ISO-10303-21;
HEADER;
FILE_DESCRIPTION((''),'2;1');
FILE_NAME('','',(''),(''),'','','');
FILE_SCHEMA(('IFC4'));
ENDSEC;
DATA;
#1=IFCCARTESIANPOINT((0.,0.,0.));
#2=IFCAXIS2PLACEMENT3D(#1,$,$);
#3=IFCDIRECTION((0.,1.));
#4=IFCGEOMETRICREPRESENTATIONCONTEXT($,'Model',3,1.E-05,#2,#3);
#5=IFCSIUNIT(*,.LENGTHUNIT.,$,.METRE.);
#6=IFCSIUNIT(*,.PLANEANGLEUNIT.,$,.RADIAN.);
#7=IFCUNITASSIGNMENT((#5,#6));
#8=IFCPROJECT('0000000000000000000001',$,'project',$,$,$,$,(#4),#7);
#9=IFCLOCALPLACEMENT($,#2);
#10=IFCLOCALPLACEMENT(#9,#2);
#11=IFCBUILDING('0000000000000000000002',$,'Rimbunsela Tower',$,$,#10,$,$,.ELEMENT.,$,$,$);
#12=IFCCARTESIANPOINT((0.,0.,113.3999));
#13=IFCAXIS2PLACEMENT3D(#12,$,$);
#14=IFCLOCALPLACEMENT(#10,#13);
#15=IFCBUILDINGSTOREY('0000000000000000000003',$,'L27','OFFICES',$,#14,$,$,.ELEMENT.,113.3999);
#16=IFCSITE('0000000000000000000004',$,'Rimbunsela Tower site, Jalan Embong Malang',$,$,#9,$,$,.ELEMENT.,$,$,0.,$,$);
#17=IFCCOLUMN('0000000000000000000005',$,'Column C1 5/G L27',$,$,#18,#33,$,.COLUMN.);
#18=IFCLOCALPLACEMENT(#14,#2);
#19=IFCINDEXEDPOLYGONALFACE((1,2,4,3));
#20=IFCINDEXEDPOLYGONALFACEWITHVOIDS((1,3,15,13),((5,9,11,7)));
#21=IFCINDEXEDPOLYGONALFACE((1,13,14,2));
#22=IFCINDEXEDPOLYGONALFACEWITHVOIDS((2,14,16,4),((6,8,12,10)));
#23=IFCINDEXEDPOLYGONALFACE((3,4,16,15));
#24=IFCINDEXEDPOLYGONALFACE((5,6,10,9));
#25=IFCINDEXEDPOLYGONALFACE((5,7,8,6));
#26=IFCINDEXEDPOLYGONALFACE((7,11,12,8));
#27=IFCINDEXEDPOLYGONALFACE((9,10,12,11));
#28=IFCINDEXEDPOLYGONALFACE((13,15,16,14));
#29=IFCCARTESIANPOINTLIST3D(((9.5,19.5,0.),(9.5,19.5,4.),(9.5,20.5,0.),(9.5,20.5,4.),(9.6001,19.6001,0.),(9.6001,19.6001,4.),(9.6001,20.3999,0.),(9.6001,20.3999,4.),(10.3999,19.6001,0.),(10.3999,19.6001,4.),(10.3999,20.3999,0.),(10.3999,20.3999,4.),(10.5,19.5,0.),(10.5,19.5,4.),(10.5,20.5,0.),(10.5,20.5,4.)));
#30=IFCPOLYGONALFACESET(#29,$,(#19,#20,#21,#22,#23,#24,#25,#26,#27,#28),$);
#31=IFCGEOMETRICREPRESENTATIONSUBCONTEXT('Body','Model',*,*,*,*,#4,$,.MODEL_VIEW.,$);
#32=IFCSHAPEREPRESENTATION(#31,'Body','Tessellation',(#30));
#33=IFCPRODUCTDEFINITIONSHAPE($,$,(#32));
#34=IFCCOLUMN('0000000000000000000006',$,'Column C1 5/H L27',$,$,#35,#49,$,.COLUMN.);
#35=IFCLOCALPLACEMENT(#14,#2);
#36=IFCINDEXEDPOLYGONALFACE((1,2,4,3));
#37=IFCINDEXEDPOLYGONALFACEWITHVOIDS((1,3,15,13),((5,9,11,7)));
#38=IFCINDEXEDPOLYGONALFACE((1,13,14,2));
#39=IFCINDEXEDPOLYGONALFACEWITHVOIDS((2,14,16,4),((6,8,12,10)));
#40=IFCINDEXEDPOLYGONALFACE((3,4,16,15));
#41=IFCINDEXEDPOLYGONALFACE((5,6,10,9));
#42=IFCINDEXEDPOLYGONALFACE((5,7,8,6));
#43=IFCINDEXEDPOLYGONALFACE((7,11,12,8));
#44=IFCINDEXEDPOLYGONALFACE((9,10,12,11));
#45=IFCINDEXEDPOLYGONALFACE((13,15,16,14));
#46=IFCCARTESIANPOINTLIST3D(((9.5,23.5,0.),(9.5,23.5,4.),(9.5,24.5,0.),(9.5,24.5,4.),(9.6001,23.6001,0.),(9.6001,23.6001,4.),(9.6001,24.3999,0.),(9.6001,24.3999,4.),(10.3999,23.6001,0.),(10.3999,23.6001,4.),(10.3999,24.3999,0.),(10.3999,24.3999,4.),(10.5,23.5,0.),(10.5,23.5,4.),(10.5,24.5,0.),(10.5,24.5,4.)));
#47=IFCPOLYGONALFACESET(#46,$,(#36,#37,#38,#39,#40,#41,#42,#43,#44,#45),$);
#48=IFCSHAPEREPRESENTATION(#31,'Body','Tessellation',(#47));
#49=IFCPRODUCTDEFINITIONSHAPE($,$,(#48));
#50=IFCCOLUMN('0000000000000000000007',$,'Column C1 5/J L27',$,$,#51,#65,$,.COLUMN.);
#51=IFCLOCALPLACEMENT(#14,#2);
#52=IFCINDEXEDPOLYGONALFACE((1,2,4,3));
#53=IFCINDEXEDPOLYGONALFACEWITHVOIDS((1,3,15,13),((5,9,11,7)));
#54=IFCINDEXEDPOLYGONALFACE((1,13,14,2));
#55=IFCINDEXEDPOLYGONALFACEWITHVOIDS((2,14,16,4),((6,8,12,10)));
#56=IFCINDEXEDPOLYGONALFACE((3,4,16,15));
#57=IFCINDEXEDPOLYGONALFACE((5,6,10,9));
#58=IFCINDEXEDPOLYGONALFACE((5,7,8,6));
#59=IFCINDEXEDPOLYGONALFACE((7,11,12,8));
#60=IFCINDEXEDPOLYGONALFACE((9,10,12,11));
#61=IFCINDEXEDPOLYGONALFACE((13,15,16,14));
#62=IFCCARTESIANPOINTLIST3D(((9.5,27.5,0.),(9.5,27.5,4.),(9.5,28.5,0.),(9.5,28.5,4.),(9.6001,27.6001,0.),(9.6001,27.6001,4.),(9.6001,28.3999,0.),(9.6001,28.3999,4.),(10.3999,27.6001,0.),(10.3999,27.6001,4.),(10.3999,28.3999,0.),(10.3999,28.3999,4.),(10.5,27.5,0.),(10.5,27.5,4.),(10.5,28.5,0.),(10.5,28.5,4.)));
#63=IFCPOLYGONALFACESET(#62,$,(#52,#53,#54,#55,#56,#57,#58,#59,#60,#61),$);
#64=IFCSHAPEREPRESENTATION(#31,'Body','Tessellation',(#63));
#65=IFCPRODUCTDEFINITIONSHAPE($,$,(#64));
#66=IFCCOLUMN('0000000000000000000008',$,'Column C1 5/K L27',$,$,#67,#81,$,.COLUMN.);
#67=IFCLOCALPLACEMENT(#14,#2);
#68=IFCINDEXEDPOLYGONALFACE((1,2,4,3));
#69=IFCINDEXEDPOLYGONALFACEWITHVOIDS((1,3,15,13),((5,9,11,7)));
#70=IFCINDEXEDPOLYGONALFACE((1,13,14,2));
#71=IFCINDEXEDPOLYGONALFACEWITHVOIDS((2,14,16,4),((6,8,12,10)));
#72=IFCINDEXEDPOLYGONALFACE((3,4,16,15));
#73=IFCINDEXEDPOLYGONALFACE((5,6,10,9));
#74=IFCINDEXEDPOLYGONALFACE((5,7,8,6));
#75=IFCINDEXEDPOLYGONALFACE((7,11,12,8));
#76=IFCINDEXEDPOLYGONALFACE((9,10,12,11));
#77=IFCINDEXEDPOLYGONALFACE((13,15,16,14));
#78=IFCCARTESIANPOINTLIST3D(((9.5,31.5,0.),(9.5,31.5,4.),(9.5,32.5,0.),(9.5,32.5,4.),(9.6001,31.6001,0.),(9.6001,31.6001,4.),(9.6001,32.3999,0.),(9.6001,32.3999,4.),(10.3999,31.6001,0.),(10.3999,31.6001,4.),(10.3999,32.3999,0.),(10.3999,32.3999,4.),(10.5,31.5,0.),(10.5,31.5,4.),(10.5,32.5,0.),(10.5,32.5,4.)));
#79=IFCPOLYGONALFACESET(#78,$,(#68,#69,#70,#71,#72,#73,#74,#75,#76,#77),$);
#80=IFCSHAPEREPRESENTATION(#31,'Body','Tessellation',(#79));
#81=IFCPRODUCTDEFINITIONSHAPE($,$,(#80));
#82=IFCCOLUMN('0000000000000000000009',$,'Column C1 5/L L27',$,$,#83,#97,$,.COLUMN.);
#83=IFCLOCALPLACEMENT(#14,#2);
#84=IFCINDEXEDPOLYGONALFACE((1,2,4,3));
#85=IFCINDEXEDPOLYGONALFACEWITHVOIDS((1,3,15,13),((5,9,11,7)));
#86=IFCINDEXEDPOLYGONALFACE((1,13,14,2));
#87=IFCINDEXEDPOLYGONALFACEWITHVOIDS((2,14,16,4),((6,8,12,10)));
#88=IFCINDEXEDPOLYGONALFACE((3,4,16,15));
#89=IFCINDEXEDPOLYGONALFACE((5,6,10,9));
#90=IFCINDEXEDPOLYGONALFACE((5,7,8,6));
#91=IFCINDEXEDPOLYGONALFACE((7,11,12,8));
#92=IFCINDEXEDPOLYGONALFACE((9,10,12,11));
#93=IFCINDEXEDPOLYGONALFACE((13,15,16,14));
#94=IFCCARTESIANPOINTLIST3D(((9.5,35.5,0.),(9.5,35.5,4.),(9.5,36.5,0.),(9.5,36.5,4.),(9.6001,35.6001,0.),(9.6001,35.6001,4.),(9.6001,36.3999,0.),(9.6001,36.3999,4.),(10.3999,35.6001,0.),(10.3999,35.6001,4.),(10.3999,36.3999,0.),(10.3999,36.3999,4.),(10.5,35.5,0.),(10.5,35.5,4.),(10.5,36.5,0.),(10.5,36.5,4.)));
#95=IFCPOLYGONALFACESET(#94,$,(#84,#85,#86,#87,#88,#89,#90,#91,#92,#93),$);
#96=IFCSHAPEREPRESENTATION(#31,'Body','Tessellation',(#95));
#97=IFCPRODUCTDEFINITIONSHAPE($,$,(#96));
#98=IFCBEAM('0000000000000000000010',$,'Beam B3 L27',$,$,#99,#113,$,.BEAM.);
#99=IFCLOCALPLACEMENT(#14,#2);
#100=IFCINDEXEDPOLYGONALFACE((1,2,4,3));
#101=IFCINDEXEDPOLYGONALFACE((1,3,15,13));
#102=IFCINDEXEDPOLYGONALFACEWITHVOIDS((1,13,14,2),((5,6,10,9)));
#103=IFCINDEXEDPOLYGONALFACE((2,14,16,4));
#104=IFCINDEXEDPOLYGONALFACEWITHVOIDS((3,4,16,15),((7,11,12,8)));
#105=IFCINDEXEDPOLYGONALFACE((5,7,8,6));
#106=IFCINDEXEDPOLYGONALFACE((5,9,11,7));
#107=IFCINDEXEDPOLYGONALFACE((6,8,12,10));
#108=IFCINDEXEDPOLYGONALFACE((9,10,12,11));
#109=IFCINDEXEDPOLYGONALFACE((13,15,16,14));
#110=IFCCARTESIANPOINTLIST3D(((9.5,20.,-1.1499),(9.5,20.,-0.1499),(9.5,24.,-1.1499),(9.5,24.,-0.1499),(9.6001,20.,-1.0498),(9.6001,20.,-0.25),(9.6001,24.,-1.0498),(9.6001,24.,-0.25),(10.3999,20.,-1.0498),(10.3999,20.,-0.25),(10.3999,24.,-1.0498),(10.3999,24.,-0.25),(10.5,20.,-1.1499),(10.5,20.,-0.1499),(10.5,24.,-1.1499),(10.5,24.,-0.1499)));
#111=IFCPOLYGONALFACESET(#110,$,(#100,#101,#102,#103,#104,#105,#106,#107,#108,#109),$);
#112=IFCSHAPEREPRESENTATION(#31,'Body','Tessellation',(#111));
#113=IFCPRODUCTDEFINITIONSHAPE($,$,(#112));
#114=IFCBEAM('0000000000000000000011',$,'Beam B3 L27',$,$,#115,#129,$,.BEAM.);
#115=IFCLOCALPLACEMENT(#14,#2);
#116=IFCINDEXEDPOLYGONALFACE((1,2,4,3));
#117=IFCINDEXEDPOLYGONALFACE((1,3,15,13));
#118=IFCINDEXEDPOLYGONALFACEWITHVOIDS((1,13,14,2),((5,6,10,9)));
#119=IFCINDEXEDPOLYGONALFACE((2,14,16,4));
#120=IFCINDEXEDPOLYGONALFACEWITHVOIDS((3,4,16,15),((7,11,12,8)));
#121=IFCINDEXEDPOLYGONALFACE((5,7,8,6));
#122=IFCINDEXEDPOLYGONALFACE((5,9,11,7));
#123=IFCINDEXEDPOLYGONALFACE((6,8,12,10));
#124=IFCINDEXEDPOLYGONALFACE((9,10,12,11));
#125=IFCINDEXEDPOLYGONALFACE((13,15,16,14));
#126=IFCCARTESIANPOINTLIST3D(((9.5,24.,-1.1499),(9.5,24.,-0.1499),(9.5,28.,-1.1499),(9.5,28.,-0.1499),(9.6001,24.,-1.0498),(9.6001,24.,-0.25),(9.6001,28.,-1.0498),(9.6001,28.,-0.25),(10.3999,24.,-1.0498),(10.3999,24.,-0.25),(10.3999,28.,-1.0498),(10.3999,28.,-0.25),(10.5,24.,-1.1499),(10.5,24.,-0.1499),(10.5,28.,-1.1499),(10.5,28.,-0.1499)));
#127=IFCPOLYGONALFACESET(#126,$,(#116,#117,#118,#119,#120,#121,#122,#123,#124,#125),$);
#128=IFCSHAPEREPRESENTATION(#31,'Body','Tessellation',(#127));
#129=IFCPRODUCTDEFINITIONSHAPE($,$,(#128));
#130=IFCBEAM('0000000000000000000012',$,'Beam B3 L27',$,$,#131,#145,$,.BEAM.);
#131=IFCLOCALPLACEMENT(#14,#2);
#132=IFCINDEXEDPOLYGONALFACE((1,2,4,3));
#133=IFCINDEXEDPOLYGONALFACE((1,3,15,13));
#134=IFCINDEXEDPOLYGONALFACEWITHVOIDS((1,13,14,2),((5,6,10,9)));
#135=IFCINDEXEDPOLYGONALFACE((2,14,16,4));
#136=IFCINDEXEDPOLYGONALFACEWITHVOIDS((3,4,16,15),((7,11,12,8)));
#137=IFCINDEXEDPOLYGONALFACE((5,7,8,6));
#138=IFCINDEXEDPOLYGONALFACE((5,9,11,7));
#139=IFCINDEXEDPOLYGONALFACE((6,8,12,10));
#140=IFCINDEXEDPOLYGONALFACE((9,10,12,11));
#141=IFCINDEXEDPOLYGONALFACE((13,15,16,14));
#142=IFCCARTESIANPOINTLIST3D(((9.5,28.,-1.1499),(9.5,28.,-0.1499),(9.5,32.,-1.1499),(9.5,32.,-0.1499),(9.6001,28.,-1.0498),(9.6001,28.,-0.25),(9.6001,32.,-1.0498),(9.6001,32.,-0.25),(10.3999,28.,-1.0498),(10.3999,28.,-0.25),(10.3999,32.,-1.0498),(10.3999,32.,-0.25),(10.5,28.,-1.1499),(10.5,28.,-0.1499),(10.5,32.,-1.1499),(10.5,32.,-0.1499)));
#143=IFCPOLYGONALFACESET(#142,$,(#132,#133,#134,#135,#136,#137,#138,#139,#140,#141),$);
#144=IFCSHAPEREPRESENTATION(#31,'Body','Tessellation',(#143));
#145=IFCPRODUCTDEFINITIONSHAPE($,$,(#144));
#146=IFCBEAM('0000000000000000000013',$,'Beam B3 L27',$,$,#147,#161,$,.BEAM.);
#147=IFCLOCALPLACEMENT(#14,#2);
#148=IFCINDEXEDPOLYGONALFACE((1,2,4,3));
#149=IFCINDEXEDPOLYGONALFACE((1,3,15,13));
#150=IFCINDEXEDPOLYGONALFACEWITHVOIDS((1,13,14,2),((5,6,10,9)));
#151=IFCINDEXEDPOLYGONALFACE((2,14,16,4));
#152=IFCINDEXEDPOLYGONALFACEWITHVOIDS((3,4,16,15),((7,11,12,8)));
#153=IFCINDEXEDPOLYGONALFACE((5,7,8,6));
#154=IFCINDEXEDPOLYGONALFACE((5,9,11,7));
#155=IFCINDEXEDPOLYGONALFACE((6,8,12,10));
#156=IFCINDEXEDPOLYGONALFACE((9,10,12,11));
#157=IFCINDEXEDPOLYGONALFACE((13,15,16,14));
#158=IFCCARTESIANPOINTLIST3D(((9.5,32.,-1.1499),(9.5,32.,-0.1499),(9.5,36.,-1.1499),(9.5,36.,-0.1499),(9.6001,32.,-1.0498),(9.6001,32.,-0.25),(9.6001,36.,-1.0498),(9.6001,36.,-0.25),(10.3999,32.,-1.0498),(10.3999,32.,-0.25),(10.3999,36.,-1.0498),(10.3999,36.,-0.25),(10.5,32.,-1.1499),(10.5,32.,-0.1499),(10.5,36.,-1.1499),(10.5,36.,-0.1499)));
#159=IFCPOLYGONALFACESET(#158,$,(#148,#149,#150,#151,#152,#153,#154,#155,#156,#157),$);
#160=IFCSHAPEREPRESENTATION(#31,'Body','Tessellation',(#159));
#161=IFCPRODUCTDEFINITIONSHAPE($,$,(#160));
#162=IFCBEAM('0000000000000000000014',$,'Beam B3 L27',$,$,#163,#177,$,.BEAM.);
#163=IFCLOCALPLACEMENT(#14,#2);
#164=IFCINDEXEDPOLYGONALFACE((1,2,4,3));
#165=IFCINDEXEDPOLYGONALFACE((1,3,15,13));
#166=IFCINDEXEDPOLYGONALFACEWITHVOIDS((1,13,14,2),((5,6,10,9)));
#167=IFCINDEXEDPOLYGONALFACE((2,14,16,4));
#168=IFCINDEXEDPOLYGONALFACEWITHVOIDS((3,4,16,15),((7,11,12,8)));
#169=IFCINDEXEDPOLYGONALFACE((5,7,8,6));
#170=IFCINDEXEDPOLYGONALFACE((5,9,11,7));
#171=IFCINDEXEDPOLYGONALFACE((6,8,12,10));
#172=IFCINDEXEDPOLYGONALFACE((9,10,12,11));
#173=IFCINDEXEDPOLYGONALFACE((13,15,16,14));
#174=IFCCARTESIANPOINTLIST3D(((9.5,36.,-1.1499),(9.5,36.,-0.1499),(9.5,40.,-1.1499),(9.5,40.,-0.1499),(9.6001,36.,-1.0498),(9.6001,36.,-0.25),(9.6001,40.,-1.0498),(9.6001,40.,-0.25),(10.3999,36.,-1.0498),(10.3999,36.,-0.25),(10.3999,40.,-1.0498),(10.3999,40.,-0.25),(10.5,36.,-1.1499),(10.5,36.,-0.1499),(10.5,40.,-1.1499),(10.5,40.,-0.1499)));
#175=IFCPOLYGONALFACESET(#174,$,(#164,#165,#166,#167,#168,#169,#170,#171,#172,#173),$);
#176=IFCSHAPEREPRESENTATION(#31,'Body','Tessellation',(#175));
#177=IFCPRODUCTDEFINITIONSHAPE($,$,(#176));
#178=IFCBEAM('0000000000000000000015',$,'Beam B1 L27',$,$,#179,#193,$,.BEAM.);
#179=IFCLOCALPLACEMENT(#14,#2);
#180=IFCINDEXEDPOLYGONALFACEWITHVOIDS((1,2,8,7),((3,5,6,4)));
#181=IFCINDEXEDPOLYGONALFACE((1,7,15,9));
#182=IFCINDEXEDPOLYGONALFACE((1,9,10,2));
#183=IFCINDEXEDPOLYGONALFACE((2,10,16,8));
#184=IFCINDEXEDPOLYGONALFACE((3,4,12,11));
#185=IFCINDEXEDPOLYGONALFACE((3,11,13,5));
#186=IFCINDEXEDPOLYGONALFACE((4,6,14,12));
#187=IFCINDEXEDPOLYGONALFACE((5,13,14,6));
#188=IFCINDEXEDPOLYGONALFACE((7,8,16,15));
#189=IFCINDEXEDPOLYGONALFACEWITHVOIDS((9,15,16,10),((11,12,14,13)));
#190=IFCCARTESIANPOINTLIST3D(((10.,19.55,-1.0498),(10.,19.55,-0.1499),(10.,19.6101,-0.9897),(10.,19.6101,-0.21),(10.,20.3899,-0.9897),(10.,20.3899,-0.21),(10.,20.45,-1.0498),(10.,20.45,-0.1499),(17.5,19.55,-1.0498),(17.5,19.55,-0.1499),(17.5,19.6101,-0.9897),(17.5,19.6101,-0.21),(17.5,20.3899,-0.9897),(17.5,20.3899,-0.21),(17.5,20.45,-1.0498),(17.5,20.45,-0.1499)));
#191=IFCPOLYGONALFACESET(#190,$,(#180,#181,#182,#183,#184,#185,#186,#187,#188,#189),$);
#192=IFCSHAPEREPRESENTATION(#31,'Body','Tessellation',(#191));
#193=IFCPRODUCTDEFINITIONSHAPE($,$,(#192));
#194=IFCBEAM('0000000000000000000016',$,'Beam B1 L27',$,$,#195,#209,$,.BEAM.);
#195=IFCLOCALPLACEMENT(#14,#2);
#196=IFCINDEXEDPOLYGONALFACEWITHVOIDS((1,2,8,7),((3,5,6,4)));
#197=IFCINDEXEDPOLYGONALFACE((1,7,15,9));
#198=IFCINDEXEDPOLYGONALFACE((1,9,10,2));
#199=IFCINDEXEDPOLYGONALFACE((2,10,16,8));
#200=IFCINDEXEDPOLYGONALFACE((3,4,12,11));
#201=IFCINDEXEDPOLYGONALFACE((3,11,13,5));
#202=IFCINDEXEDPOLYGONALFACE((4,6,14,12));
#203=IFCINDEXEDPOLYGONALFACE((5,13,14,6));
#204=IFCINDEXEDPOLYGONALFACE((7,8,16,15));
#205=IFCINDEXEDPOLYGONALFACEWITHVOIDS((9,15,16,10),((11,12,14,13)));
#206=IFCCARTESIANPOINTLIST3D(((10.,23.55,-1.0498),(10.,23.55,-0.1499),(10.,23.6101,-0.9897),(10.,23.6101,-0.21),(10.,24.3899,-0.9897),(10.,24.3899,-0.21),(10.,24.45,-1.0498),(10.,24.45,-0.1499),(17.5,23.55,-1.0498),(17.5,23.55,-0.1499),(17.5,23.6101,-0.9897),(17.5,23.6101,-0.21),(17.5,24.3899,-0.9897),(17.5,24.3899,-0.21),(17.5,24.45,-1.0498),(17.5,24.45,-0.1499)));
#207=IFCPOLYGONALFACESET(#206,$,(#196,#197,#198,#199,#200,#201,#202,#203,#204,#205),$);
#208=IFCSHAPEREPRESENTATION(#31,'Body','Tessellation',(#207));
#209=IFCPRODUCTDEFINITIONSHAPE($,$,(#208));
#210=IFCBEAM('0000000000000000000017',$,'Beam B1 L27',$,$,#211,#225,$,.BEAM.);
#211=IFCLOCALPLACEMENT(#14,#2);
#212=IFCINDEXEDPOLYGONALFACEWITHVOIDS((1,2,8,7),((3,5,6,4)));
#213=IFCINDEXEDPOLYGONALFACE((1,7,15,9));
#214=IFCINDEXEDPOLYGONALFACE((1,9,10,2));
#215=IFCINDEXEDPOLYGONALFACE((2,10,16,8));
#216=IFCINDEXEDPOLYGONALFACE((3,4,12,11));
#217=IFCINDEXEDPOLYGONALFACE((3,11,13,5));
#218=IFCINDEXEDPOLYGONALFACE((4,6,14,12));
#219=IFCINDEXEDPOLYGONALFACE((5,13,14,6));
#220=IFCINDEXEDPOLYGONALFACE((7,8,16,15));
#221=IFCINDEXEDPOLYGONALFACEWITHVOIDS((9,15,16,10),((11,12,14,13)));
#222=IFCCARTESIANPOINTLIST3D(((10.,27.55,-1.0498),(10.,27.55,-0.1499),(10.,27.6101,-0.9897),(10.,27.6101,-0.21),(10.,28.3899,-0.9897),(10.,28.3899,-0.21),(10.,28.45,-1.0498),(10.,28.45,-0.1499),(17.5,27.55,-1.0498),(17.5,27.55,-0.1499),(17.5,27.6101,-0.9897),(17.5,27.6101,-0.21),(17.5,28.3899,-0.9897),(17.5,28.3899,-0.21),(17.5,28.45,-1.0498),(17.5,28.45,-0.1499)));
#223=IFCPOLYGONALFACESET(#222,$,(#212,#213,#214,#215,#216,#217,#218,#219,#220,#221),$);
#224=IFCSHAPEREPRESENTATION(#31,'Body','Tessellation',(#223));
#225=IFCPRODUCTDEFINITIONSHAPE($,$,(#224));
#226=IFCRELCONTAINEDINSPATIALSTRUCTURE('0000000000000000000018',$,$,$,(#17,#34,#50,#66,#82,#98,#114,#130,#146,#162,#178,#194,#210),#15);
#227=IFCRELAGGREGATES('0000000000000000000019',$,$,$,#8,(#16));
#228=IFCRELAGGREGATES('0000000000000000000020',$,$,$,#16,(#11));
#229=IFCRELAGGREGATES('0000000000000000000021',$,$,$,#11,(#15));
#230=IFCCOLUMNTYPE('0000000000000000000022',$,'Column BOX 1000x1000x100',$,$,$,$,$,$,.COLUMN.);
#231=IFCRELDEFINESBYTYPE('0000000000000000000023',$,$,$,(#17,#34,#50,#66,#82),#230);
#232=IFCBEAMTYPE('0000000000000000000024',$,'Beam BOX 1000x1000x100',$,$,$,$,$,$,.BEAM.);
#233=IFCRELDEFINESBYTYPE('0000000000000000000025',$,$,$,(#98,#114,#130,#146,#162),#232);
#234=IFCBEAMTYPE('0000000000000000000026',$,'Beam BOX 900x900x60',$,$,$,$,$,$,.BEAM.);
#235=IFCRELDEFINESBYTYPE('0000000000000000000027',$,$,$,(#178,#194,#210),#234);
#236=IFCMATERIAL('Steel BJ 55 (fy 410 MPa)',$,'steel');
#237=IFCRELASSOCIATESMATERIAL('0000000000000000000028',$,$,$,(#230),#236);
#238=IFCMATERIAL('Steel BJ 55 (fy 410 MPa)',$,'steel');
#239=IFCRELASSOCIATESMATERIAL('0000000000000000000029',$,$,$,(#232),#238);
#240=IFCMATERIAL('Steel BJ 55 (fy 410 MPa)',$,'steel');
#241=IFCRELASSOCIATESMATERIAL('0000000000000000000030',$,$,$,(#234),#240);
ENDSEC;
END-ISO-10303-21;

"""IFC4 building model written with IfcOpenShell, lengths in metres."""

from ifc_helpers import new_model, si_unit, direction, frame, origin, origin_2d, place, context, subcontext, project, spatial, hollow_rectangle, extrude, material, material_profile, profile_set, type_object, element, save


model = new_model("IFC4")

# Units and contexts
model_context = context("Model", 3, precision=1e-05, world=origin(), true_north=direction((0.0, 1.0)))
body_context = subcontext(model_context, "Body", "Model", "MODEL_VIEW")
ifc_project = project(units=[si_unit("LENGTHUNIT", "METRE"), si_unit("PLANEANGLEUNIT", "RADIAN")], contexts=[model_context])

# Site, building, storey
site_placement = place(None, origin())
site = spatial("IfcSite", under=ifc_project, at=site_placement, Name="Rimbunsela Tower site, Jalan Embong Malang", CompositionType="ELEMENT", RefElevation=0.0)
building_placement = place(site_placement, origin())
building = spatial("IfcBuilding", under=site, at=building_placement, Name="Rimbunsela Tower", CompositionType="ELEMENT")
storey_placement = place(building_placement, frame((0.0, 0.0, 113.3999)))
storey = spatial("IfcBuildingStorey", under=building, at=storey_placement, Name="L27", Description="OFFICES", CompositionType="ELEMENT", Elevation=113.3999)

# Columns
ifc_material_1 = material(Name="Steel BJ 55 (fy 410 MPa)", Category="steel")
ifc_material_profile_1 = material_profile(ifc_material_1, hollow_rectangle(XDim=1.0, YDim=1.0, WallThickness=0.1001, at=origin_2d()), Name="BOX 1000x1000x100")
ifc_profile_set_1 = profile_set([ifc_material_profile_1], Name="Steel BJ 55 (fy 410 MPa)")
column_type = type_object("IfcColumnType", Name="Column BOX 1000x1000x100", PredefinedType="COLUMN", material=ifc_profile_set_1)
for number, where, z_axis, x_axis, name in (
    (1, (10.0, 20.0, 0.0), (0.0, 0.0, 1.0), (1.0, 0.0, 0.0), "Column C1 5/G L27"),
    (2, (10.0, 24.0, 0.0), (0.0, 0.0, 1.0), (1.0, 0.0, 0.0), "Column C1 5/H L27"),
    (3, (10.0, 28.0, 0.0), (0.0, 0.0, 1.0), (1.0, 0.0, 0.0), "Column C1 5/J L27"),
    (4, (10.0, 32.0, 0.0), (0.0, 0.0, 1.0), (1.0, 0.0, 0.0), "Column C1 5/K L27"),
    (5, (10.0, 36.0, 0.0), (0.0, 0.0, 1.0), (1.0, 0.0, 0.0), "Column C1 5/L L27"),
):
    element("IfcColumn", number, at=place(storey_placement, frame(where, z_axis=z_axis, x_axis=x_axis)), inside=storey, type_object=column_type, Name=name, PredefinedType="COLUMN", context=body_context, shape_type="SweptSolid", body=[
        extrude(hollow_rectangle(XDim=1.0, YDim=1.0, WallThickness=0.1001, at=origin_2d()), origin(), (0.0, 0.0, 1.0), 4.0),
    ])

# Beams
ifc_material_2 = material(Name="Steel BJ 55 (fy 410 MPa)", Category="steel")
ifc_material_profile_2 = material_profile(ifc_material_2, hollow_rectangle(XDim=1.0, YDim=1.0, WallThickness=0.1001, at=origin_2d()), Name="BOX 1000x1000x100")
ifc_profile_set_2 = profile_set([ifc_material_profile_2], Name="Steel BJ 55 (fy 410 MPa)")
beam_type_1 = type_object("IfcBeamType", Name="Beam BOX 1000x1000x100", PredefinedType="BEAM", material=ifc_profile_set_2)
for number, where, z_axis, x_axis, name in (
    (6, (10.0, 20.0, -0.6499), (0.0, 1.0, 0.0), (-1.0, 0.0, 0.0), "Beam B3 L27"),
    (7, (10.0, 24.0, -0.6499), (0.0, 1.0, 0.0), (-1.0, 0.0, 0.0), "Beam B3 L27"),
    (8, (10.0, 28.0, -0.6499), (0.0, 1.0, 0.0), (-1.0, 0.0, 0.0), "Beam B3 L27"),
    (9, (10.0, 32.0, -0.6499), (0.0, 1.0, 0.0), (-1.0, 0.0, 0.0), "Beam B3 L27"),
    (10, (10.0, 36.0, -0.6499), (0.0, 1.0, 0.0), (-1.0, 0.0, 0.0), "Beam B3 L27"),
):
    element("IfcBeam", number, at=place(storey_placement, frame(where, z_axis=z_axis, x_axis=x_axis)), inside=storey, type_object=beam_type_1, Name=name, PredefinedType="BEAM", context=body_context, shape_type="SweptSolid", body=[
        extrude(hollow_rectangle(XDim=1.0, YDim=1.0, WallThickness=0.1001, at=origin_2d()), origin(), (0.0, 0.0, 1.0), 4.0),
    ])
ifc_material_3 = material(Name="Steel BJ 55 (fy 410 MPa)", Category="steel")
ifc_material_profile_3 = material_profile(ifc_material_3, hollow_rectangle(XDim=0.8999, YDim=0.8999, WallThickness=0.0601, at=origin_2d()), Name="BOX 900x900x60")
ifc_profile_set_3 = profile_set([ifc_material_profile_3], Name="Steel BJ 55 (fy 410 MPa)")
beam_type_2 = type_object("IfcBeamType", Name="Beam BOX 900x900x60", PredefinedType="BEAM", material=ifc_profile_set_3)
for number, where, z_axis, x_axis, name in (
    (11, (10.0, 20.0, -0.5999), (1.0, 0.0, 0.0), (0.0, 1.0, 0.0), "Beam B1 L27"),
    (12, (10.0, 24.0, -0.5999), (1.0, 0.0, 0.0), (0.0, 1.0, 0.0), "Beam B1 L27"),
    (13, (10.0, 28.0, -0.5999), (1.0, 0.0, 0.0), (0.0, 1.0, 0.0), "Beam B1 L27"),
):
    element("IfcBeam", number, at=place(storey_placement, frame(where, z_axis=z_axis, x_axis=x_axis)), inside=storey, type_object=beam_type_2, Name=name, PredefinedType="BEAM", context=body_context, shape_type="SweptSolid", body=[
        extrude(hollow_rectangle(XDim=0.8999, YDim=0.8999, WallThickness=0.0601, at=origin_2d()), origin(), (0.0, 0.0, 1.0), 7.5),
    ])

save(model, "model.ifc")
